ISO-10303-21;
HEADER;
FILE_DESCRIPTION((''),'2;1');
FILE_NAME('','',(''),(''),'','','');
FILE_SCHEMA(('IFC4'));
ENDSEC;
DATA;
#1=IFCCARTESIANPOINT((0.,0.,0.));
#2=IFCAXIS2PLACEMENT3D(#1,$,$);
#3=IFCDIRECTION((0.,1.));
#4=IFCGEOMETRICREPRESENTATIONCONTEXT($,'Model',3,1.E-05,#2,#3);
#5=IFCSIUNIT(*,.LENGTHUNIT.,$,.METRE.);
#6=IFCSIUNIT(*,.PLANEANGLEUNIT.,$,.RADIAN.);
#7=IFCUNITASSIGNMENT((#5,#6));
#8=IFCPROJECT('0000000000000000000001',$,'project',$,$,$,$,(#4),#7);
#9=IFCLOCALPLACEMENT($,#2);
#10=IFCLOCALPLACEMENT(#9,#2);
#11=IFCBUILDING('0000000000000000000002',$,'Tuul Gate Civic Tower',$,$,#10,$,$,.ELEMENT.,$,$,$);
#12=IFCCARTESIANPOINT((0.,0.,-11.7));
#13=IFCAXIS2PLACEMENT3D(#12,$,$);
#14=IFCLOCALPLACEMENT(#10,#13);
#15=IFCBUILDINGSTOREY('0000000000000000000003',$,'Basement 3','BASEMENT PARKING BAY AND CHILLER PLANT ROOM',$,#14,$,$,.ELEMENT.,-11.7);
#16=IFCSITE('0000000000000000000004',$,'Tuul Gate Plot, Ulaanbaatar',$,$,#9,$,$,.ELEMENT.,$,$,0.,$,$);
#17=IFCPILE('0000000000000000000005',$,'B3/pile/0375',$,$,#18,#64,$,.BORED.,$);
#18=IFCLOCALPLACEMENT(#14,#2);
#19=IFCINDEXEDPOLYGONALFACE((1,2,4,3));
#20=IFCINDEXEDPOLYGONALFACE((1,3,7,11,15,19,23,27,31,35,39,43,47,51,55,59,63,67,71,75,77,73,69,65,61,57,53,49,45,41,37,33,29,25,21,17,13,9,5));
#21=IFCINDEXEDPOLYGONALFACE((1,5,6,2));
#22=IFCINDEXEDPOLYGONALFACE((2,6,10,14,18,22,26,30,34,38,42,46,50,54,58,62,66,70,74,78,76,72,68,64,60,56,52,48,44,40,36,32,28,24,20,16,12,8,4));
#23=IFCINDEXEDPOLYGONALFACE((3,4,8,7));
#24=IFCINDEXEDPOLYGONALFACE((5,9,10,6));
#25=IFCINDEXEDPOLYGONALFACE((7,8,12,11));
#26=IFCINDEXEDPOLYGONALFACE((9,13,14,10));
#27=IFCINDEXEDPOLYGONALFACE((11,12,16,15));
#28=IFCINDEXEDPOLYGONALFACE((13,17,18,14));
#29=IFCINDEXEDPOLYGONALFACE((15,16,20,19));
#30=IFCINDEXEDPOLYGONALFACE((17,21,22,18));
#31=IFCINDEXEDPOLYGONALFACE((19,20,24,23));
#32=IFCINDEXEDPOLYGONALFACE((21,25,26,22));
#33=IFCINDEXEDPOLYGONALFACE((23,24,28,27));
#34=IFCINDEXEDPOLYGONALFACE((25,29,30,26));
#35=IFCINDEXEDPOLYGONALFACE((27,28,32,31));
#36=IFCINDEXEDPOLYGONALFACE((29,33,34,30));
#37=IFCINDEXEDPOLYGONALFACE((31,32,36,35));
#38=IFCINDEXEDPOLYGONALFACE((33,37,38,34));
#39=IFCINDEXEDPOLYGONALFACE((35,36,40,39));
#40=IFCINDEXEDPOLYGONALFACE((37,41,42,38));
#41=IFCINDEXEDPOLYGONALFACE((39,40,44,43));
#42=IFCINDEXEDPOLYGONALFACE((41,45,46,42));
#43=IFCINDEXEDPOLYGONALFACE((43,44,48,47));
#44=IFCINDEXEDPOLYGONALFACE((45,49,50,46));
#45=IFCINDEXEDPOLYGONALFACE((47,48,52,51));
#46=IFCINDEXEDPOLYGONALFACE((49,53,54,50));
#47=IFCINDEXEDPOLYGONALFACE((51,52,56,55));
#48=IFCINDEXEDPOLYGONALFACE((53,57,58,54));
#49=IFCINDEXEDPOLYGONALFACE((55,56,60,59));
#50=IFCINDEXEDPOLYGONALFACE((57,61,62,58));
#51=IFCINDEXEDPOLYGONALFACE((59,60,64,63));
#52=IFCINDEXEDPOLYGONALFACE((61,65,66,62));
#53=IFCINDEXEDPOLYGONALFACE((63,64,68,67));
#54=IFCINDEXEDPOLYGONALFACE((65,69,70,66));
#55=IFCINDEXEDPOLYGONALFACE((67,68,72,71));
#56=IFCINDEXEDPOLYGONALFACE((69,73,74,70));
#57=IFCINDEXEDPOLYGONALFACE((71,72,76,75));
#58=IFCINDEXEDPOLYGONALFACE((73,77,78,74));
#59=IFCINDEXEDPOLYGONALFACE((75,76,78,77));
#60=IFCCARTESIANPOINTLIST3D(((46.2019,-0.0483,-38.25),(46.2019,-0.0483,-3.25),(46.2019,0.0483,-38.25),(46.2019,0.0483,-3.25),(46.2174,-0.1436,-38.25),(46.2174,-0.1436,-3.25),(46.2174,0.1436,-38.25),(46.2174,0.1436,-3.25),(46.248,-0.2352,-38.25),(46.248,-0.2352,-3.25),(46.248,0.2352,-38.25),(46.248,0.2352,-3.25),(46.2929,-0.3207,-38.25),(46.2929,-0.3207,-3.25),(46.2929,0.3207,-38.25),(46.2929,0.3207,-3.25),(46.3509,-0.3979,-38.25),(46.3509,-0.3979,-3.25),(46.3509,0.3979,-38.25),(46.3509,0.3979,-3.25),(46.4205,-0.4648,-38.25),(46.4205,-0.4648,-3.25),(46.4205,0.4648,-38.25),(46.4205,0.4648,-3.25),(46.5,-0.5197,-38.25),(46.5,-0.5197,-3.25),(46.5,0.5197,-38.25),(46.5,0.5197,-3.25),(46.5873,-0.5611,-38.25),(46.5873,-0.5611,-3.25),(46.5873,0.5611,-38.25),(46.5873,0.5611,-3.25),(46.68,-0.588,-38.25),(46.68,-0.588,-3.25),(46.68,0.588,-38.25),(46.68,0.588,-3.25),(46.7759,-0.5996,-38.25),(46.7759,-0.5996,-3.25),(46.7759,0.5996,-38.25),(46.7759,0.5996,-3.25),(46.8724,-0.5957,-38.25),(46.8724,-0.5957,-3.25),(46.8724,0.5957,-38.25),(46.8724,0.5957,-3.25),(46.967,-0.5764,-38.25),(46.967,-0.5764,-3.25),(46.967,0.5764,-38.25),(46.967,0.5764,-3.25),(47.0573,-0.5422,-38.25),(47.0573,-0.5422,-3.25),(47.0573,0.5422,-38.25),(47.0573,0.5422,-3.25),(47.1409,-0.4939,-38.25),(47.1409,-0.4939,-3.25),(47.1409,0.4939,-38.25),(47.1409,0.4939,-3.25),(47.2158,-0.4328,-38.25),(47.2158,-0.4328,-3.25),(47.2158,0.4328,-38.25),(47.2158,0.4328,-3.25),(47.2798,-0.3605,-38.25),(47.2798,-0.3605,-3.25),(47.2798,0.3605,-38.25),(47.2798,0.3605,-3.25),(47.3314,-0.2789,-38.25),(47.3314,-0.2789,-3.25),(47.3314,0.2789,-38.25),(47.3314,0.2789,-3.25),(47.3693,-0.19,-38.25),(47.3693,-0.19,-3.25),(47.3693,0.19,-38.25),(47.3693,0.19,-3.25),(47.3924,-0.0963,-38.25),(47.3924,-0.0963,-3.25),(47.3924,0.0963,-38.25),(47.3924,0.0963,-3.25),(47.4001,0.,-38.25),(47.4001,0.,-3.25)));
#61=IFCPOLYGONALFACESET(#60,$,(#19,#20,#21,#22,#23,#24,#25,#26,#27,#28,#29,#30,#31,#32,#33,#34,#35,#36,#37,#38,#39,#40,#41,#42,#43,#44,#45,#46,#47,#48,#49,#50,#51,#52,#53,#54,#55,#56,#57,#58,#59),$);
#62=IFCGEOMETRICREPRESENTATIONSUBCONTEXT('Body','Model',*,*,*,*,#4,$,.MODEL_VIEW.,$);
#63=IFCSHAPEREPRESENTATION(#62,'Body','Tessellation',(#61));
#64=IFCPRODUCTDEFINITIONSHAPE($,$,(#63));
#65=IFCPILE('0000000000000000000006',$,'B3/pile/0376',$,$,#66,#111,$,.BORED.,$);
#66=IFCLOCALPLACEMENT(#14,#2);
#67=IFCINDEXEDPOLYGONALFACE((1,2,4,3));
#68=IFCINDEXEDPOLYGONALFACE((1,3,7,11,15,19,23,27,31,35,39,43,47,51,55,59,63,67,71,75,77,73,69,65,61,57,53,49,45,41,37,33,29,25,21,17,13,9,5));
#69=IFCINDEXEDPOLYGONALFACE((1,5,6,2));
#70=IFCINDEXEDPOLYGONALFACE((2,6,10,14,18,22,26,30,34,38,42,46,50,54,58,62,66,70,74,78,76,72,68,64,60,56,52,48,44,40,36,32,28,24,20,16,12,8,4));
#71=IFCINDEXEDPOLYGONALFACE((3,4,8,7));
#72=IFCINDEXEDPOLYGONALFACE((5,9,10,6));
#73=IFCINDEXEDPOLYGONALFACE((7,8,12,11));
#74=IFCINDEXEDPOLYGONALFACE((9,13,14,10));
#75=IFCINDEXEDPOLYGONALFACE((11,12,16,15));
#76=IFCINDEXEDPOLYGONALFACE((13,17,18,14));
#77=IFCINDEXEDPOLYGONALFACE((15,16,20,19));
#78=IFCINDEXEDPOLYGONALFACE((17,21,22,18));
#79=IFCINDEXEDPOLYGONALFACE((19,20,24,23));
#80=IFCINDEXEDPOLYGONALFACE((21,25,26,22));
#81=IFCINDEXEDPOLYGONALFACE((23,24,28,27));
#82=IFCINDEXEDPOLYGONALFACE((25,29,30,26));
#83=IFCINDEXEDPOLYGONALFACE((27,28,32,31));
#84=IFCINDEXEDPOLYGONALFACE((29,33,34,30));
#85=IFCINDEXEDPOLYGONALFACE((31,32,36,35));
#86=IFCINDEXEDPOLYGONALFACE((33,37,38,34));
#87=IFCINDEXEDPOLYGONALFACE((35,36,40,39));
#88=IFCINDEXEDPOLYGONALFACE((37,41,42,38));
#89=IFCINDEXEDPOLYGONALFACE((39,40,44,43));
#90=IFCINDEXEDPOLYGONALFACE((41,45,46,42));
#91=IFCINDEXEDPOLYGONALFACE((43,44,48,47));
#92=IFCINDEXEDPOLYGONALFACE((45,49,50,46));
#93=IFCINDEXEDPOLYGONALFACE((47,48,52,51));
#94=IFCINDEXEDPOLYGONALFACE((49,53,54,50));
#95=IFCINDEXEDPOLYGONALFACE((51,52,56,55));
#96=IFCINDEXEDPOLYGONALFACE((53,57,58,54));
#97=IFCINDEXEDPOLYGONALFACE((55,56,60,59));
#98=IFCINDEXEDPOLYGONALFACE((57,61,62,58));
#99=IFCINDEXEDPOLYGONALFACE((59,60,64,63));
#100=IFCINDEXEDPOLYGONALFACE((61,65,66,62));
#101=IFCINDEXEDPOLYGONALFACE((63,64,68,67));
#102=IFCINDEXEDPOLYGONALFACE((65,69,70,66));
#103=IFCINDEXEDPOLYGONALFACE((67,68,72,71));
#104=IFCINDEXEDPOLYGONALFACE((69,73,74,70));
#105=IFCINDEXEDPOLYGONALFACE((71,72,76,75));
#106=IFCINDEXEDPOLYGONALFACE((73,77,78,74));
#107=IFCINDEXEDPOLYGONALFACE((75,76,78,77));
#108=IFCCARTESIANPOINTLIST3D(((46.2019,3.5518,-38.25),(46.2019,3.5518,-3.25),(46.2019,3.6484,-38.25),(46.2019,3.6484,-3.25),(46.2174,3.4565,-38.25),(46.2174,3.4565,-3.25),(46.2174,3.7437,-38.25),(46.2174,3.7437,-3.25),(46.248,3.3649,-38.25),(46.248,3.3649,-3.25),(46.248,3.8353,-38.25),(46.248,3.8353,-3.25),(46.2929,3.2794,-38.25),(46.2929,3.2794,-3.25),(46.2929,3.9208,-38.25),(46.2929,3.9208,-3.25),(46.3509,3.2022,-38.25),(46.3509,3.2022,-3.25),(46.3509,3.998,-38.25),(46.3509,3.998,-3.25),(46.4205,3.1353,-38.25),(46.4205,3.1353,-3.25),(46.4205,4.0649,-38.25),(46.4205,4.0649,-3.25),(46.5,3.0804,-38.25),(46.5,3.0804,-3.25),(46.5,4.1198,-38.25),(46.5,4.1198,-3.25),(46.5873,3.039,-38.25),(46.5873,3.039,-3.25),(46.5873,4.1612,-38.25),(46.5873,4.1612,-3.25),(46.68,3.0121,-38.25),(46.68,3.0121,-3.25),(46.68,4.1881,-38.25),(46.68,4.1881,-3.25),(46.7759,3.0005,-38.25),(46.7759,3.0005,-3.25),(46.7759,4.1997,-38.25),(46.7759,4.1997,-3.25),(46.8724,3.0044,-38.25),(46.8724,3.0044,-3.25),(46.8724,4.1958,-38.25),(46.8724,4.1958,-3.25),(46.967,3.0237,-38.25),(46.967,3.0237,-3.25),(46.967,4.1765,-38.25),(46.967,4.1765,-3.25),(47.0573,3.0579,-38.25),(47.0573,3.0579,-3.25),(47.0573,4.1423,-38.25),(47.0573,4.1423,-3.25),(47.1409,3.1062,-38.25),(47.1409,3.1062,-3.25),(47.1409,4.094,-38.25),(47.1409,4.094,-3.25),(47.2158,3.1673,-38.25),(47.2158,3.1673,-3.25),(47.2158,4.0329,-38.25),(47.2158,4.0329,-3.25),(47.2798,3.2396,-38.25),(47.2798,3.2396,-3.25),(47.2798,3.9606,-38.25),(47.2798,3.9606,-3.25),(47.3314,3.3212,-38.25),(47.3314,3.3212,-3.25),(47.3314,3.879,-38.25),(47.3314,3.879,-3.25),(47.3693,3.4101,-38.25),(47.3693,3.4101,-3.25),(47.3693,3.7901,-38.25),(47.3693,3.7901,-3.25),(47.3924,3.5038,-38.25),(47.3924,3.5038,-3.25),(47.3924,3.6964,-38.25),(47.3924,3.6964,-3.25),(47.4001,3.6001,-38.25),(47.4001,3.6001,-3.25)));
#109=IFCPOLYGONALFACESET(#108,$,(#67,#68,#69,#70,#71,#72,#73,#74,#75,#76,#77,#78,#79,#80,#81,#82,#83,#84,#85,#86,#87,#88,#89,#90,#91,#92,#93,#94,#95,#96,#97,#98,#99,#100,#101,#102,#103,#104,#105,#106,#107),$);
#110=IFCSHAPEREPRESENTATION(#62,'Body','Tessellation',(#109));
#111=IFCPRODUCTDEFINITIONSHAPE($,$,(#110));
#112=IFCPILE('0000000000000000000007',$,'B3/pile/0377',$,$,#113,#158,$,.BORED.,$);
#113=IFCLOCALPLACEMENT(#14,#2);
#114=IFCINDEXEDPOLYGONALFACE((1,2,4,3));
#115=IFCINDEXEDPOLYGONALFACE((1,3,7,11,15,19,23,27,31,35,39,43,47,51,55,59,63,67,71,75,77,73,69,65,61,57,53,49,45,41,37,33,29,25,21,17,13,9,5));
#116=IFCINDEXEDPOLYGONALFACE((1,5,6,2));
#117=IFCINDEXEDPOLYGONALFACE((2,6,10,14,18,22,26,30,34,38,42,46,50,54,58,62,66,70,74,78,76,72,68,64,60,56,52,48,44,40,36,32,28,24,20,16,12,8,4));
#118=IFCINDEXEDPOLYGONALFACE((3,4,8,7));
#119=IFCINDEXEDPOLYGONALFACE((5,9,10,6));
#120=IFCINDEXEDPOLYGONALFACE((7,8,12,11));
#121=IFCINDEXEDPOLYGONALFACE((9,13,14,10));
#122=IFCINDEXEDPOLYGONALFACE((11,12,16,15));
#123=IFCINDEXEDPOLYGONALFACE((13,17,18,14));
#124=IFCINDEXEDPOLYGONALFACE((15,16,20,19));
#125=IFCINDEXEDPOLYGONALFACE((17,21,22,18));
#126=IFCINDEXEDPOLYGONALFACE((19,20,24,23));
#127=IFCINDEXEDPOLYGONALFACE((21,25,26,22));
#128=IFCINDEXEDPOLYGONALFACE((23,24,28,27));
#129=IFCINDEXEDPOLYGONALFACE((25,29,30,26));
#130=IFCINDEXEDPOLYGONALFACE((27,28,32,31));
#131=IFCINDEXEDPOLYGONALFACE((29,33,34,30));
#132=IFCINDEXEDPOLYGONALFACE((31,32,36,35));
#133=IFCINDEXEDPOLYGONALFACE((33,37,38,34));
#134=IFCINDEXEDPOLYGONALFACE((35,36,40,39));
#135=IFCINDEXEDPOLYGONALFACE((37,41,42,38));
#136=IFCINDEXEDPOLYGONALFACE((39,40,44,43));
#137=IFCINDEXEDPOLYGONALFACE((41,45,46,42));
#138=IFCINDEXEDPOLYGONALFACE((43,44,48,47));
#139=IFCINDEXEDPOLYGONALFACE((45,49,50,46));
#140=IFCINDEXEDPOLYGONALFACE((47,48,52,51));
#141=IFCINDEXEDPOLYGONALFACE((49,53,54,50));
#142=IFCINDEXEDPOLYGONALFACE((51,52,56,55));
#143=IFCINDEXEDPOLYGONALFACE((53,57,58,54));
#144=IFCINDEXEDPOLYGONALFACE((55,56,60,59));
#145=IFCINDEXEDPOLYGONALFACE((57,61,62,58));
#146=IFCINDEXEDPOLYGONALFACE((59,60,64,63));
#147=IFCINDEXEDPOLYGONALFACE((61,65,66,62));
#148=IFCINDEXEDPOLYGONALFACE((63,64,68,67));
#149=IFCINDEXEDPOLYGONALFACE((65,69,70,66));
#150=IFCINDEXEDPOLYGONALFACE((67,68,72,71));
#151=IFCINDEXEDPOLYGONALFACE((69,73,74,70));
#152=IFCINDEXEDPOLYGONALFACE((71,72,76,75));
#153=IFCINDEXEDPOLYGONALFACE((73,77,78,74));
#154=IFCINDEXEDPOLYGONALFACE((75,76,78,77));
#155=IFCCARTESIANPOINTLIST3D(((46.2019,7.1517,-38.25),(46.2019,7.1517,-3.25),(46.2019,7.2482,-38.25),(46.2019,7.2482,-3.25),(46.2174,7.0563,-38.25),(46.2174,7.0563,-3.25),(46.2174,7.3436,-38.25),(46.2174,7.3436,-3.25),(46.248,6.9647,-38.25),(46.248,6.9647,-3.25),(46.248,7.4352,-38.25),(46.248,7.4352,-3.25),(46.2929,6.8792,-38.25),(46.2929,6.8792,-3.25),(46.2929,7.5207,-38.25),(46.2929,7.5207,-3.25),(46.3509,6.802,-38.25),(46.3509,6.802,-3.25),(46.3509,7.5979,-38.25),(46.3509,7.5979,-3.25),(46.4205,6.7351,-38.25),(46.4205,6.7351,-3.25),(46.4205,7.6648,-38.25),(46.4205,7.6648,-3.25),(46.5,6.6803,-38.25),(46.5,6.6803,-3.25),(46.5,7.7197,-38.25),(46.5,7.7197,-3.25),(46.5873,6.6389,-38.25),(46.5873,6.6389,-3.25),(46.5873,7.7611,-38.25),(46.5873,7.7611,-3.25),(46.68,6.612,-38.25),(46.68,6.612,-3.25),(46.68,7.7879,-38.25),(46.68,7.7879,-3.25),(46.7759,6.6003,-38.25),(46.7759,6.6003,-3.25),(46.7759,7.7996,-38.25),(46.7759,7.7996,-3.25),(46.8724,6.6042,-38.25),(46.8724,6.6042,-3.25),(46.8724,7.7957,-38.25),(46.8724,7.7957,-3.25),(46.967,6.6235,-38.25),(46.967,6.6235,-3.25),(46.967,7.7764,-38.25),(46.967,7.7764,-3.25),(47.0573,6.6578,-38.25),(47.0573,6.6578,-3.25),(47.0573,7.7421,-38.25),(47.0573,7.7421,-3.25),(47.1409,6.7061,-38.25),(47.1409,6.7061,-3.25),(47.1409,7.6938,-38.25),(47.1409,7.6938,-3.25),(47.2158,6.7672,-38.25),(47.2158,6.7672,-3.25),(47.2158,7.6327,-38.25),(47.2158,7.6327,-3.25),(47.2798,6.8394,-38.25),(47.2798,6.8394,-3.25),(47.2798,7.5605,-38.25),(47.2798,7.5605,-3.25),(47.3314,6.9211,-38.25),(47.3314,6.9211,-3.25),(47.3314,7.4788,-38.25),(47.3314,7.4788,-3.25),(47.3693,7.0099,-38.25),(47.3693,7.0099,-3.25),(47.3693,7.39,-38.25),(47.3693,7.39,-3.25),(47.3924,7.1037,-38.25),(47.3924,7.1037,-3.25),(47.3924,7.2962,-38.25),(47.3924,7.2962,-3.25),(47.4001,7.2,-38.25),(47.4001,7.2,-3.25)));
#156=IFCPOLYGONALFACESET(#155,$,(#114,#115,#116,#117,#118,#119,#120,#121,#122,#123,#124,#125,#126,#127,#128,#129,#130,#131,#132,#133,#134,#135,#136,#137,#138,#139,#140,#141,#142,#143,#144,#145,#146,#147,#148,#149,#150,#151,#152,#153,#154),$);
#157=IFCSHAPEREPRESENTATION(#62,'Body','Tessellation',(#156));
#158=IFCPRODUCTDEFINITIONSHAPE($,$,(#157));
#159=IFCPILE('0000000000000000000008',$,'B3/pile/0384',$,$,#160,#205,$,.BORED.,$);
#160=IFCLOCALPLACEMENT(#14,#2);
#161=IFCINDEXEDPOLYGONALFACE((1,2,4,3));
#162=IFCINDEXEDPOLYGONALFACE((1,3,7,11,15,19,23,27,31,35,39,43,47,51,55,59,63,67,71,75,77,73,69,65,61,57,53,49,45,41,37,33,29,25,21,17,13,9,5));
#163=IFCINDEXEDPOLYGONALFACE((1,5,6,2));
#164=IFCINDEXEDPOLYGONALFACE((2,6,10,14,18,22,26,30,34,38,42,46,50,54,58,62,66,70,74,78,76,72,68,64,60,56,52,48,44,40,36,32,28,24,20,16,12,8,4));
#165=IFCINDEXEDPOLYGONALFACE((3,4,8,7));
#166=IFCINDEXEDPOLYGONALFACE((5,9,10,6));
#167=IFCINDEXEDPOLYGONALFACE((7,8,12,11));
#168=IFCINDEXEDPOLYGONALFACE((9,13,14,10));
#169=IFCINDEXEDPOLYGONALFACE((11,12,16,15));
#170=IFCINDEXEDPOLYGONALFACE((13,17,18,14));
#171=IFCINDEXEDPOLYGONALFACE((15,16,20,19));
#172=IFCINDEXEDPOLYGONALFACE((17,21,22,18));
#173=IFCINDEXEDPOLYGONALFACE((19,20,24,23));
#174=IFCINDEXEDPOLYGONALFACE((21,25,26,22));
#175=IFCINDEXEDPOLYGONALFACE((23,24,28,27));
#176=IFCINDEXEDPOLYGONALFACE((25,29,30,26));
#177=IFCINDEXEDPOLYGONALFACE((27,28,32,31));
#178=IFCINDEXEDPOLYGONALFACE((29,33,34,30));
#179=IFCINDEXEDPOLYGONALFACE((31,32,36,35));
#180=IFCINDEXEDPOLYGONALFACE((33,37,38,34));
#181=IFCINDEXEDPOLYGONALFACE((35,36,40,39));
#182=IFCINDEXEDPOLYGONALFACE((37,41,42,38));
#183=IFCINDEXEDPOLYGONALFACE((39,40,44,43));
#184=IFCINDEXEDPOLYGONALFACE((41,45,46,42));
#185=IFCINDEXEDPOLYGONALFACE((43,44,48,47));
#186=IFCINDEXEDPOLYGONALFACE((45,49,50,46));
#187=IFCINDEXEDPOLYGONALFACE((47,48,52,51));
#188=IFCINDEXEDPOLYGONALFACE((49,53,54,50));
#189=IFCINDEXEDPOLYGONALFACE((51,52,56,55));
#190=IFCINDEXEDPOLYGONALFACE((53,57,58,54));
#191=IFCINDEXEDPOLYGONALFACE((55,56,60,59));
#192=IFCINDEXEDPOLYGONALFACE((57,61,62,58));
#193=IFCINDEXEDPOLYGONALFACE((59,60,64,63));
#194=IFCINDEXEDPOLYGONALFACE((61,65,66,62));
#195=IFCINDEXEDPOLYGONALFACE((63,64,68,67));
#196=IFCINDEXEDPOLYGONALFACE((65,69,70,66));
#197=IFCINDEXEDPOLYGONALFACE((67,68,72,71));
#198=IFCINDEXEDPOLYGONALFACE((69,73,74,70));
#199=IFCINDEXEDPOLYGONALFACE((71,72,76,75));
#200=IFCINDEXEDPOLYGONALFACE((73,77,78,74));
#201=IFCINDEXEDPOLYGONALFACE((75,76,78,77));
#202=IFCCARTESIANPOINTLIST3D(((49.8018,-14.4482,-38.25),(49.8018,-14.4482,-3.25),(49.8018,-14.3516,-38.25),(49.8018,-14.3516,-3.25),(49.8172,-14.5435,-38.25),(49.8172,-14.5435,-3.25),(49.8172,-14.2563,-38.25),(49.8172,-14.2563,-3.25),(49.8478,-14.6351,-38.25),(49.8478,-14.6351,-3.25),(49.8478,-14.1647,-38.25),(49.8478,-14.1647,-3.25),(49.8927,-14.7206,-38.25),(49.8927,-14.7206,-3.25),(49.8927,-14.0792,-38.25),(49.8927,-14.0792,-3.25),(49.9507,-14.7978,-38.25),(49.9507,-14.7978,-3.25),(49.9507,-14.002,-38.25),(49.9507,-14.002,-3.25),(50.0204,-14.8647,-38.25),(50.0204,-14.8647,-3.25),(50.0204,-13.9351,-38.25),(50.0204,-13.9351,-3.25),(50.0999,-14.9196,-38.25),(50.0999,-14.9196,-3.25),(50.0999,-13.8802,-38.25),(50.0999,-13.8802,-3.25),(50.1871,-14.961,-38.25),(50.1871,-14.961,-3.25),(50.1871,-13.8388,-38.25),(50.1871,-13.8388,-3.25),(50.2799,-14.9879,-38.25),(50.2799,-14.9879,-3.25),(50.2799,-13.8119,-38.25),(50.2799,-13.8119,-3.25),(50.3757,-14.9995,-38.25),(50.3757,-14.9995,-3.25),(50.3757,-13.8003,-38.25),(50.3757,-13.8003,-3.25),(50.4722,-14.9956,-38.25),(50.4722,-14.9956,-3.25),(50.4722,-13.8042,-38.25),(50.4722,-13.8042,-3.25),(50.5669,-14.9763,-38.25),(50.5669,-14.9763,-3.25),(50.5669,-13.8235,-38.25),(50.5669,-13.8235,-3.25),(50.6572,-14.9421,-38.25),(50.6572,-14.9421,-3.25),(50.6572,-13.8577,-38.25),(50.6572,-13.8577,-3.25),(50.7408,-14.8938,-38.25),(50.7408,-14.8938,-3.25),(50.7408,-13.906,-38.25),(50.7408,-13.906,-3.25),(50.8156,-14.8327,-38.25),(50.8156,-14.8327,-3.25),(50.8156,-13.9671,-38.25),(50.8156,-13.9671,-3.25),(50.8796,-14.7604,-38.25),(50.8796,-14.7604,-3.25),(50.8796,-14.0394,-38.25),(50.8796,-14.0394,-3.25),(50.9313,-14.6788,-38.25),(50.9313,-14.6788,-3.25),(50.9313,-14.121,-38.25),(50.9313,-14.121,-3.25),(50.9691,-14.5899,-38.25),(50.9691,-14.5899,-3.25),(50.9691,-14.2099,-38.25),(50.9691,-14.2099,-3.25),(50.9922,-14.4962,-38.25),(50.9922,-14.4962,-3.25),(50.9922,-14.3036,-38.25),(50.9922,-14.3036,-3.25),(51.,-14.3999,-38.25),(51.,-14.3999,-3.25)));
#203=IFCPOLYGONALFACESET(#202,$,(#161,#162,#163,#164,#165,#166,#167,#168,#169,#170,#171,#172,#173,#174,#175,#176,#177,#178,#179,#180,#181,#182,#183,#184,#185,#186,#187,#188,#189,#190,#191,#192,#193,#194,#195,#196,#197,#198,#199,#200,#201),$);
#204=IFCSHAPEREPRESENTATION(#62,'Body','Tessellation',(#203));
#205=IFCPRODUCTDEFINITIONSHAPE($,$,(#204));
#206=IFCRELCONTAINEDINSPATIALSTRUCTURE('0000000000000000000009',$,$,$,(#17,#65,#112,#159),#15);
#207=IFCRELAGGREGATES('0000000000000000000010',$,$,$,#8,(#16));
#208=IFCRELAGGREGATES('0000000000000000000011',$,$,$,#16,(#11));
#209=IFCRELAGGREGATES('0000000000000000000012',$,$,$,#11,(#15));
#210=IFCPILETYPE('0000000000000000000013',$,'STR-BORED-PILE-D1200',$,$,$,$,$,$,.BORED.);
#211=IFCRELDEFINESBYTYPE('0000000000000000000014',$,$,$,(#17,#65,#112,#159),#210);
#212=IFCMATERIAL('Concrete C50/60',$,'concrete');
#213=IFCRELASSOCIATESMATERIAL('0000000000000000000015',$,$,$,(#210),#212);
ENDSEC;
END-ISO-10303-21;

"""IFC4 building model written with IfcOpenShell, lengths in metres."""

from ifc_helpers import new_model, si_unit, direction, frame, origin, origin_2d, place, context, subcontext, project, spatial, circle, extrude, material, material_profile, profile_set, type_object, element, save


model = new_model("IFC4")

# Units and contexts
model_context = context("Model", 3, precision=1e-05, world=origin(), true_north=direction((0.0, 1.0)))
body_context = subcontext(model_context, "Body", "Model", "MODEL_VIEW")
ifc_project = project(units=[si_unit("LENGTHUNIT", "METRE"), si_unit("PLANEANGLEUNIT", "RADIAN")], contexts=[model_context])

# Site, building, storey
site_placement = place(None, origin())
site = spatial("IfcSite", under=ifc_project, at=site_placement, Name="Tuul Gate Plot, Ulaanbaatar", CompositionType="ELEMENT", RefElevation=0.0)
building_placement = place(site_placement, origin())
building = spatial("IfcBuilding", under=site, at=building_placement, Name="Tuul Gate Civic Tower", CompositionType="ELEMENT")
storey_placement = place(building_placement, frame((0.0, 0.0, -11.7)))
storey = spatial("IfcBuildingStorey", under=building, at=storey_placement, Name="Basement 3", Description="BASEMENT PARKING BAY AND CHILLER PLANT ROOM", CompositionType="ELEMENT", Elevation=-11.7)

# Piles
ifc_material_1 = material(Name="Concrete C50/60", Category="concrete")
ifc_material_profile_1 = material_profile(ifc_material_1, circle(Radius=0.6001, at=origin_2d()), Name="PILE1200")
ifc_profile_set_1 = profile_set([ifc_material_profile_1], Name="Concrete C50/60")
pile_type = type_object("IfcPileType", Name="STR-BORED-PILE-D1200", PredefinedType="BORED", material=ifc_profile_set_1)
for number, where, z_axis, x_axis, name in (
    (1, (46.8, 0.0, -3.25), (0.0, 0.0, -1.0), (1.0, 0.0, 0.0), "B3/pile/0375"),
    (2, (46.8, 3.6001, -3.25), (0.0, 0.0, -1.0), (1.0, 0.0, 0.0), "B3/pile/0376"),
    (3, (46.8, 7.2, -3.25), (0.0, 0.0, -1.0), (1.0, 0.0, 0.0), "B3/pile/0377"),
    (4, (50.3999, -14.3999, -3.25), (0.0, 0.0, -1.0), (1.0, 0.0, 0.0), "B3/pile/0384"),
):
    element("IfcPile", number, at=place(storey_placement, frame(where, z_axis=z_axis, x_axis=x_axis)), inside=storey, type_object=pile_type, Name=name, PredefinedType="BORED", context=body_context, shape_type="SweptSolid", body=[
        extrude(circle(Radius=0.6001, at=origin_2d()), origin(), (0.0, 0.0, 1.0), 35.0),
    ])

save(model, "model.ifc")
